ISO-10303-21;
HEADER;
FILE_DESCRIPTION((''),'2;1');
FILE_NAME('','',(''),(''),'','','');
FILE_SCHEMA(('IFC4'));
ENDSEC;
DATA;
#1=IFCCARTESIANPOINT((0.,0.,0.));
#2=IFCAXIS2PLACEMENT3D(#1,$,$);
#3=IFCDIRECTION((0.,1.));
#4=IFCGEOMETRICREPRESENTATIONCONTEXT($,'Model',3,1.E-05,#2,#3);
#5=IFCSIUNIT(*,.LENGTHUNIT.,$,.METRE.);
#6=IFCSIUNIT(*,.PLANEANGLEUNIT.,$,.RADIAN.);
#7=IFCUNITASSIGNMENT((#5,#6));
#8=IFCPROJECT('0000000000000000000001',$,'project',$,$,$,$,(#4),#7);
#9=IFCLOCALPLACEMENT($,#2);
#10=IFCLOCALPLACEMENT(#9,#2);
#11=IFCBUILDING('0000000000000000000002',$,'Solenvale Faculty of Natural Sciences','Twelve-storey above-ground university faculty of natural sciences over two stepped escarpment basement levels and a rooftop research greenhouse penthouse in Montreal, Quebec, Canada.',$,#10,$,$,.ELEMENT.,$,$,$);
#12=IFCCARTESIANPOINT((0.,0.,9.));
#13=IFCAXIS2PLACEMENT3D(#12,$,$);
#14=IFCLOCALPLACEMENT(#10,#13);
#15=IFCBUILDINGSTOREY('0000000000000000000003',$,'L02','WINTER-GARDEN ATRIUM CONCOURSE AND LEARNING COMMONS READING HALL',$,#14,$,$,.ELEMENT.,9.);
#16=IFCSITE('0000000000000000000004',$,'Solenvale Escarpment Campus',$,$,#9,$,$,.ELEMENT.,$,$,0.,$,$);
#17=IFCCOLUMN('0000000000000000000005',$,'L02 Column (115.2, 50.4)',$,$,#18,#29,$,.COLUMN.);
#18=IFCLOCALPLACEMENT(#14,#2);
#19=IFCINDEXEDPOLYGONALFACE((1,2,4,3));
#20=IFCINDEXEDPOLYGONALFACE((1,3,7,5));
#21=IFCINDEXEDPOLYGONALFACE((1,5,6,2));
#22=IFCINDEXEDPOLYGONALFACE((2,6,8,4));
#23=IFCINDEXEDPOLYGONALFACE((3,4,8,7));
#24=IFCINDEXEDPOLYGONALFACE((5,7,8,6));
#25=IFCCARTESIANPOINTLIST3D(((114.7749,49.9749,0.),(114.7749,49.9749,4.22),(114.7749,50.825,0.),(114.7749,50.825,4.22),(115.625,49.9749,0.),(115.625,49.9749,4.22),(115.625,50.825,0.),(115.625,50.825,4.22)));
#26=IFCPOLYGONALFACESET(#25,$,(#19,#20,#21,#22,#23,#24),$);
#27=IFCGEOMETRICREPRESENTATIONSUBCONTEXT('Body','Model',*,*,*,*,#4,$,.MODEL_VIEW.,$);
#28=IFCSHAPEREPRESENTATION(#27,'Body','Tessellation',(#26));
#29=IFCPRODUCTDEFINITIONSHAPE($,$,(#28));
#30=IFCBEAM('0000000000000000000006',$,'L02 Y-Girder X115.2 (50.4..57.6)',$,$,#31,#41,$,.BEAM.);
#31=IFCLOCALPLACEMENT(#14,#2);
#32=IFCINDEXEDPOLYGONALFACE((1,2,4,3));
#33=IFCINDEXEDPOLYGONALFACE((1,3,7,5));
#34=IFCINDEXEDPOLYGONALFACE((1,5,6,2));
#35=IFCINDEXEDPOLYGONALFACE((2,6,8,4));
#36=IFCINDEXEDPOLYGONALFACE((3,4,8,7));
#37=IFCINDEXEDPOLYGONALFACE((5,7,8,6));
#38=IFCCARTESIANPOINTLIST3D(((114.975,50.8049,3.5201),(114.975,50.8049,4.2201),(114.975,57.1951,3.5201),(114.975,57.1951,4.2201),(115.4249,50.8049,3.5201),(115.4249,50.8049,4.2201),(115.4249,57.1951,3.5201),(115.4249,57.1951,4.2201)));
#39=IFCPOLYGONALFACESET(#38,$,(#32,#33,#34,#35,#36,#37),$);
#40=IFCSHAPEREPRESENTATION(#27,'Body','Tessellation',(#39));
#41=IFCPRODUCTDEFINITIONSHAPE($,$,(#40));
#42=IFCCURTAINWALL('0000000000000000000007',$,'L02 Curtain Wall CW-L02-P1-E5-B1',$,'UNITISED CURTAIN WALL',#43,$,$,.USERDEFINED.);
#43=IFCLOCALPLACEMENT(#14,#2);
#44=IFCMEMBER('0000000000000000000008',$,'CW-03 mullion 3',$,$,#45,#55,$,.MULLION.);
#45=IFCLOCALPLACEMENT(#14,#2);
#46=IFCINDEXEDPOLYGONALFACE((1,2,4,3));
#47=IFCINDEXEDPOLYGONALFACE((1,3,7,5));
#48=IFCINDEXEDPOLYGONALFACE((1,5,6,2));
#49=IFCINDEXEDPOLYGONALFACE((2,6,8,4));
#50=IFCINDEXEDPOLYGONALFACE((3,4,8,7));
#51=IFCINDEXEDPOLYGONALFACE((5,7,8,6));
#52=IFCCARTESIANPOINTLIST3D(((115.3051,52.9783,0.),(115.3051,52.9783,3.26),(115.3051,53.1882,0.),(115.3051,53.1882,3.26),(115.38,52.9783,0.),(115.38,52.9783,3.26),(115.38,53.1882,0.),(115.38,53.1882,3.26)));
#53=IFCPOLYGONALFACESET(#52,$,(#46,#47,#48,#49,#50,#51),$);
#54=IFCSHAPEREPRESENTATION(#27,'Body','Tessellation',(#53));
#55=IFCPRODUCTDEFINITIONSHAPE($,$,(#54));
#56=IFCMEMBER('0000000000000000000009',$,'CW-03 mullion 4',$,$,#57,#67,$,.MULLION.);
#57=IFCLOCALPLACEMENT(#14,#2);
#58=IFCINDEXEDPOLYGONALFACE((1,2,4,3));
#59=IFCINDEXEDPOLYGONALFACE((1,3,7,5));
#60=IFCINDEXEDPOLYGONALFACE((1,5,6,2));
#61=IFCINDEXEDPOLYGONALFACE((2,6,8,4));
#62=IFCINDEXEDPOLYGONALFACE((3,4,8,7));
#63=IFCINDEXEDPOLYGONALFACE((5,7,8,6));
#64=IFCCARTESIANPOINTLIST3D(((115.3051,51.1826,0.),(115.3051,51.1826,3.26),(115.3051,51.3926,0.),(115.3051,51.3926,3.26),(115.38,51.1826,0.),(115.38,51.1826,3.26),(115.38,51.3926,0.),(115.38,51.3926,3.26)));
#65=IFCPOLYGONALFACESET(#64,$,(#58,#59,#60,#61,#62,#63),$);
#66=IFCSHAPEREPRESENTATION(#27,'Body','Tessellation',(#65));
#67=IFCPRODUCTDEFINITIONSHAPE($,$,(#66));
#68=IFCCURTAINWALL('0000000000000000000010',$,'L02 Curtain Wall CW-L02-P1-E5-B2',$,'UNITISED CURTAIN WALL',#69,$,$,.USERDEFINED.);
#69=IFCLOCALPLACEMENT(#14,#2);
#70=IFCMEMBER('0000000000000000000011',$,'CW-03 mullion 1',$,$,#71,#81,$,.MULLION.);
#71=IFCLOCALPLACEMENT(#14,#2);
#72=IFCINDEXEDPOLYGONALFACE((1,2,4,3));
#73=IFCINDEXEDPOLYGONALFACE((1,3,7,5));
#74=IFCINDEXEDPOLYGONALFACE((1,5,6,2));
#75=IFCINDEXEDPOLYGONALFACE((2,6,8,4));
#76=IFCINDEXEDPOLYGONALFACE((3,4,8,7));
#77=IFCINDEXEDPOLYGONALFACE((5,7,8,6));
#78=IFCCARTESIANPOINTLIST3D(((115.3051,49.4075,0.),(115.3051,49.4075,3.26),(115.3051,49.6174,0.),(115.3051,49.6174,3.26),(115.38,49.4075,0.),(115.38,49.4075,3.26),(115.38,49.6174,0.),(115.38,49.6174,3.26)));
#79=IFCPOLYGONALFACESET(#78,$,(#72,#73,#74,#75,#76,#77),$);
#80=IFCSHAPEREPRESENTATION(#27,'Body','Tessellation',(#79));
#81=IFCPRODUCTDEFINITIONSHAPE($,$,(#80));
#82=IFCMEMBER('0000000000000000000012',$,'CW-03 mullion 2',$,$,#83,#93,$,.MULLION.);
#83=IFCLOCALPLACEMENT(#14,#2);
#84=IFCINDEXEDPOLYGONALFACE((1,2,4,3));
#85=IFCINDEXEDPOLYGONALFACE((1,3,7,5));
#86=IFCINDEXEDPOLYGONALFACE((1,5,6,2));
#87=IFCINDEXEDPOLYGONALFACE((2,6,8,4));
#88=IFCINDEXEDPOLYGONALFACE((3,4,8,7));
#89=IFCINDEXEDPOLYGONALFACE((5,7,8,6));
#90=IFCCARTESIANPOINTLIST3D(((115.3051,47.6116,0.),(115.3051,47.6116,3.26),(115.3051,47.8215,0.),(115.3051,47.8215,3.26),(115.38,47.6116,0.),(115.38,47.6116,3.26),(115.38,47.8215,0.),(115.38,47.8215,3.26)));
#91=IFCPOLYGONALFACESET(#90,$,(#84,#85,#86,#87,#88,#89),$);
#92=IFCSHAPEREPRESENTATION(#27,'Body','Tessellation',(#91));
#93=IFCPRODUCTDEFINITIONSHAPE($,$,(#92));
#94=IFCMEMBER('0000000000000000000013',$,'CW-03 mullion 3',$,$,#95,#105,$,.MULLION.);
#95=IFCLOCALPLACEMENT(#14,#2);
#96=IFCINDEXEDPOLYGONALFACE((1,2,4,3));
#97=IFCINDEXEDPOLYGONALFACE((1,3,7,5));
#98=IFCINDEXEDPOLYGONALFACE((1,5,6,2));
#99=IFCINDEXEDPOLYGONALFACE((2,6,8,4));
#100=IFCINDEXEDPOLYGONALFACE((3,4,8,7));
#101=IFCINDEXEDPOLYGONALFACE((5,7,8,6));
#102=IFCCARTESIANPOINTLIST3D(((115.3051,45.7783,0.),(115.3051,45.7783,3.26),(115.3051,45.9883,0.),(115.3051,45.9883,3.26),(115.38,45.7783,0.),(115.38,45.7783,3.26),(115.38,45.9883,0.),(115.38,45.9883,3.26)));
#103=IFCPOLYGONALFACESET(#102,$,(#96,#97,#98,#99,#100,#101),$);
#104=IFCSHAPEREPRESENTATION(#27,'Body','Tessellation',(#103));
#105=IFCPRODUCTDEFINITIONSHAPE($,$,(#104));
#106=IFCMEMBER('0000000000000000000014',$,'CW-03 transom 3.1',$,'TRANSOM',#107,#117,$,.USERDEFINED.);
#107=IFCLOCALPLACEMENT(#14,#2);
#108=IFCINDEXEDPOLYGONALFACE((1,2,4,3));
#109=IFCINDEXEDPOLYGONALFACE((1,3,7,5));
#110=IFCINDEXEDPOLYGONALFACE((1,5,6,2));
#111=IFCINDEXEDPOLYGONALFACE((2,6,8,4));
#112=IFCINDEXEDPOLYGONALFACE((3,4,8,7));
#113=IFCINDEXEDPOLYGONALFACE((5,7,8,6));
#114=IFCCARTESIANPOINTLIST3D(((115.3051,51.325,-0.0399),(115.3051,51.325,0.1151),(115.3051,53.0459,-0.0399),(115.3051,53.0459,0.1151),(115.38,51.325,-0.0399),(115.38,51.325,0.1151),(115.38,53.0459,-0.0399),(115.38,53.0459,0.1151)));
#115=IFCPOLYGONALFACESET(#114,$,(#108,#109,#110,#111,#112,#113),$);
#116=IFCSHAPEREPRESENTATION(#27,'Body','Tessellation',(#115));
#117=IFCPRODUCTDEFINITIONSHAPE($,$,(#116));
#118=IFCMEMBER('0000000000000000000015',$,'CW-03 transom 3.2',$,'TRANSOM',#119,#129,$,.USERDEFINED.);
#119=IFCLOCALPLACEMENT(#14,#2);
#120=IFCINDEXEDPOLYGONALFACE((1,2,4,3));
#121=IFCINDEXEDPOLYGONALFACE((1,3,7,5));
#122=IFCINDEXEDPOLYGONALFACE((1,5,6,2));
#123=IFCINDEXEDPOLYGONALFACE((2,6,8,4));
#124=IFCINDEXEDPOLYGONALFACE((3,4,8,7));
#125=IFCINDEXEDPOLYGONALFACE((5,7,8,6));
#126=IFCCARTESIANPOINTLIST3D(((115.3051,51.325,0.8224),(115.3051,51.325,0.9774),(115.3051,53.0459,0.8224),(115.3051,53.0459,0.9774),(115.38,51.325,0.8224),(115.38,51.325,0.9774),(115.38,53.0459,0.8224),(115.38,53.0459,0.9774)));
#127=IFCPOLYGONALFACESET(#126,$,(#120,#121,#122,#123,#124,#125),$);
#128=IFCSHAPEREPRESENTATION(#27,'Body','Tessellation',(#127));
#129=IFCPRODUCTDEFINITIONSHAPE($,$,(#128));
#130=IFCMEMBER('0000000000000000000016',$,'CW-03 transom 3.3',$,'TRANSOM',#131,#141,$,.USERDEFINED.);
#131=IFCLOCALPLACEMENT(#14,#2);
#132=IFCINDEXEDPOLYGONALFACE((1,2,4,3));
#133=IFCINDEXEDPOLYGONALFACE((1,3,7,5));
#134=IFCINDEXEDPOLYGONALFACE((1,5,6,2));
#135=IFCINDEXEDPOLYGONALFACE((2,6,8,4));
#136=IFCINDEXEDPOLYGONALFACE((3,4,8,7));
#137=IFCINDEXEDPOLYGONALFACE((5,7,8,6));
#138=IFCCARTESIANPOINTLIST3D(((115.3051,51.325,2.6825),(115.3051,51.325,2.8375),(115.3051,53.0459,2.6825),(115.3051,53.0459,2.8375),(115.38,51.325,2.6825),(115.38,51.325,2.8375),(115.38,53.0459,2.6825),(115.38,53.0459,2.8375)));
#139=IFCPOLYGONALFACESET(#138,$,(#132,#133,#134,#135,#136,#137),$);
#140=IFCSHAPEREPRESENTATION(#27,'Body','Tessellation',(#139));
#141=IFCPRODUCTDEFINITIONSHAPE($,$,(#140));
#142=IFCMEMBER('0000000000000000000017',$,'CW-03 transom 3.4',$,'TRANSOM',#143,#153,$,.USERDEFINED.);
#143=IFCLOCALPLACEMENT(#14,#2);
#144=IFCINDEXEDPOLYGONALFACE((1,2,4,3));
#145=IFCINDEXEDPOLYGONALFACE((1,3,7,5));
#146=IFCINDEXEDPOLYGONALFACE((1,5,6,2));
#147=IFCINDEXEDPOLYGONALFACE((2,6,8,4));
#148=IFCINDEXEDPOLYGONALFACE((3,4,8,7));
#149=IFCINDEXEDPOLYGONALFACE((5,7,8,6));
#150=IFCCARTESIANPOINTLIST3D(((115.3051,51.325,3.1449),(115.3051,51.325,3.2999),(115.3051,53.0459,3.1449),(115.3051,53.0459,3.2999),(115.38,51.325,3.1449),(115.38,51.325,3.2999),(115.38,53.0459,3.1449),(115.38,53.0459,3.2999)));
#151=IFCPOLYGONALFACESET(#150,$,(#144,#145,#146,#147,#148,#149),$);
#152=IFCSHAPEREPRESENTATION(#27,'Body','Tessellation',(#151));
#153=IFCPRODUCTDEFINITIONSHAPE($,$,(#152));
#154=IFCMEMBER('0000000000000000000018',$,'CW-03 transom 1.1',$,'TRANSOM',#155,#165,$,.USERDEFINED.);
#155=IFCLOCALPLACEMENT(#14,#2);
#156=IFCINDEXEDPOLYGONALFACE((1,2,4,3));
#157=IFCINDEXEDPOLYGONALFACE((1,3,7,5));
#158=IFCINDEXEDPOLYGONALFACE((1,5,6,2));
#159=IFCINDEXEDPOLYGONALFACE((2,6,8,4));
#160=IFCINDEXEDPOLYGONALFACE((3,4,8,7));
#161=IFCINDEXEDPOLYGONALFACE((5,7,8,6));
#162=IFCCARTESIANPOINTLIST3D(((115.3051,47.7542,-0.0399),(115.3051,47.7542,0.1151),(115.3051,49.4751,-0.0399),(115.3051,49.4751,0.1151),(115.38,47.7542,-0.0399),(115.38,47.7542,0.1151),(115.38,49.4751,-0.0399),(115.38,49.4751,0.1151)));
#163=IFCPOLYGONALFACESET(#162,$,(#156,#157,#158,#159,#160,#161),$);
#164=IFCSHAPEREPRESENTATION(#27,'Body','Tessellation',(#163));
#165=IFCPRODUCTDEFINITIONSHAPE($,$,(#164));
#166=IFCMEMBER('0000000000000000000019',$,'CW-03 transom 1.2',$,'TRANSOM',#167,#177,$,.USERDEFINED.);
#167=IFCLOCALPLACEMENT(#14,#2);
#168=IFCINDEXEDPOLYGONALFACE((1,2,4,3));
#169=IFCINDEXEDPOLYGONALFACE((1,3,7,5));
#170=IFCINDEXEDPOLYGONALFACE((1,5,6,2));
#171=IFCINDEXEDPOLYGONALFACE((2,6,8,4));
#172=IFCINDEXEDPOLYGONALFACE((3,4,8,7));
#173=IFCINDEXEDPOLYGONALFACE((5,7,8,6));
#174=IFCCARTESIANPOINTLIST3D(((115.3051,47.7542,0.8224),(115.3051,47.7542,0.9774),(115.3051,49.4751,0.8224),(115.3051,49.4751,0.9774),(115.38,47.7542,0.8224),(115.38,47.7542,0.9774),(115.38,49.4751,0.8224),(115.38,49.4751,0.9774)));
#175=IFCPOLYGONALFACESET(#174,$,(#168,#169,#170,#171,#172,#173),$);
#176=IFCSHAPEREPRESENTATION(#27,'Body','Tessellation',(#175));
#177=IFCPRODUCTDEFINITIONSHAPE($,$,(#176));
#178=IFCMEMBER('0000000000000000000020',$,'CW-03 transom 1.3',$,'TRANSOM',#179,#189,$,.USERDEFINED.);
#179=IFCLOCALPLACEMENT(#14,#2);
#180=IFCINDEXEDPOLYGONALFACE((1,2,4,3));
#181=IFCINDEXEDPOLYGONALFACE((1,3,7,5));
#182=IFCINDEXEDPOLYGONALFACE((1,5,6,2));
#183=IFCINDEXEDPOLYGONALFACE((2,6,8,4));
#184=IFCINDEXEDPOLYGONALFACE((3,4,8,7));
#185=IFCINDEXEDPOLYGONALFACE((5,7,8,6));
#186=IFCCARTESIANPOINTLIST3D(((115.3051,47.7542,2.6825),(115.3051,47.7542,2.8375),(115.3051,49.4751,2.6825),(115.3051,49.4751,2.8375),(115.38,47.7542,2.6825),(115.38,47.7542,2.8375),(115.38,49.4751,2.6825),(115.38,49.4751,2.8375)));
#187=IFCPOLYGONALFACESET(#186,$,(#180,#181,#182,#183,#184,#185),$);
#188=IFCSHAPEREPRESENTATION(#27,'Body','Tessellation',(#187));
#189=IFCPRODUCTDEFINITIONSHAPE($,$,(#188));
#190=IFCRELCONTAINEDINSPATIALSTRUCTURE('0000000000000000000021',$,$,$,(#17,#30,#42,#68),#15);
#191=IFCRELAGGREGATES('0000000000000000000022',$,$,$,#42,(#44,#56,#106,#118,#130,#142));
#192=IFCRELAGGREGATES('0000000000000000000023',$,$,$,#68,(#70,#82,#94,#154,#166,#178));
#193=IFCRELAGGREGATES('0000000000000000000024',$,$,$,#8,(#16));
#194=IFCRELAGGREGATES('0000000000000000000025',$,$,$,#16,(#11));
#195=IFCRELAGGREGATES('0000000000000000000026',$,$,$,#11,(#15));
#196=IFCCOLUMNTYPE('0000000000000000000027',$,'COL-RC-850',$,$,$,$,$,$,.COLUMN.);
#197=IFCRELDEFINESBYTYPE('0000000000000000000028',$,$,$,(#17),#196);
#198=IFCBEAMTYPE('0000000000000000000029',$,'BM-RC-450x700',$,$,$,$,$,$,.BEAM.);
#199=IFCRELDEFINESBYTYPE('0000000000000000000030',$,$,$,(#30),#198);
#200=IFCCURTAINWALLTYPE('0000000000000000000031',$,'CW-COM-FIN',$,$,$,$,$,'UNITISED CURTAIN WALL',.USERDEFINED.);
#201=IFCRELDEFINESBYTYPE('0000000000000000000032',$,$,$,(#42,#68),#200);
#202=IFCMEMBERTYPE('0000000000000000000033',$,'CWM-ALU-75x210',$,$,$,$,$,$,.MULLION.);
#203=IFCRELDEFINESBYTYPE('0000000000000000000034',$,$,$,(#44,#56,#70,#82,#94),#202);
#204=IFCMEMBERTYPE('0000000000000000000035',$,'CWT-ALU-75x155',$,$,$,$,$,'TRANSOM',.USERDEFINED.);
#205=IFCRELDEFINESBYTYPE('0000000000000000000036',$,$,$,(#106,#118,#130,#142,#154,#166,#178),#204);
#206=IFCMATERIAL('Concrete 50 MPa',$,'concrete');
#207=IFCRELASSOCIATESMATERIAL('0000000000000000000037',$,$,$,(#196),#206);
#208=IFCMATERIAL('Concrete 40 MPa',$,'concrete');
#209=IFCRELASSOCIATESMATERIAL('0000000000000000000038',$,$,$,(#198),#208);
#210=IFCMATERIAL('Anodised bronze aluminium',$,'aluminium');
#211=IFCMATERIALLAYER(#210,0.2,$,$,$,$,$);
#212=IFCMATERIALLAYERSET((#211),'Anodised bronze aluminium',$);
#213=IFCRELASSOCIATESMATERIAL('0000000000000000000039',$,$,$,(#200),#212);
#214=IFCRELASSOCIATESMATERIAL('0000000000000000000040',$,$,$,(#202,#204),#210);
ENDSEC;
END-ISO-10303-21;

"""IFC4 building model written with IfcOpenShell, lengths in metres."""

from ifc_helpers import new_model, si_unit, direction, frame, origin, origin_2d, place, context, subcontext, project, spatial, rectangle, extrude, material, layer, layer_set, material_profile, profile_set, type_object, element, aggregate, save


model = new_model("IFC4")

# Units and contexts
model_context = context("Model", 3, precision=1e-05, world=origin(), true_north=direction((0.0, 1.0)))
body_context = subcontext(model_context, "Body", "Model", "MODEL_VIEW")
ifc_project = project(units=[si_unit("LENGTHUNIT", "METRE"), si_unit("PLANEANGLEUNIT", "RADIAN")], contexts=[model_context])

# Site, building, storey
site_placement = place(None, origin())
site = spatial("IfcSite", under=ifc_project, at=site_placement, Name="Solenvale Escarpment Campus", CompositionType="ELEMENT", RefElevation=0.0)
building_placement = place(site_placement, origin())
building = spatial("IfcBuilding", under=site, at=building_placement, Name="Solenvale Faculty of Natural Sciences", Description="Twelve-storey above-ground university faculty of natural sciences over two stepped escarpment basement levels and a rooftop research greenhouse penthouse in Montreal, Quebec, Canada.", CompositionType="ELEMENT")
storey_placement = place(building_placement, frame((0.0, 0.0, 9.0)))
storey = spatial("IfcBuildingStorey", under=building, at=storey_placement, Name="L02", Description="WINTER-GARDEN ATRIUM CONCOURSE AND LEARNING COMMONS READING HALL", CompositionType="ELEMENT", Elevation=9.0)

# Column
ifc_material_1 = material(Name="Concrete 50 MPa", Category="concrete")
ifc_material_profile_1 = material_profile(ifc_material_1, rectangle(XDim=0.8501, YDim=0.8501, at=origin_2d()), Name="RC-COL-850x850")
ifc_profile_set_1 = profile_set([ifc_material_profile_1], Name="Concrete 50 MPa")
column_type = type_object("IfcColumnType", Name="COL-RC-850", PredefinedType="COLUMN", material=ifc_profile_set_1)
column_placement = place(storey_placement, frame((115.2, 50.3999, 0.0), z_axis=(0.0, 0.0, 1.0), x_axis=(1.0, 0.0, 0.0)))
element("IfcColumn", 1, at=column_placement, inside=storey, type_object=column_type, Name="L02 Column (115.2, 50.4)", PredefinedType="COLUMN", context=body_context, shape_type="SweptSolid", body=[
    extrude(rectangle(XDim=0.8501, YDim=0.8501, at=origin_2d()), origin(), (0.0, 0.0, 1.0), 4.22),
])

# Beam
ifc_material_2 = material(Name="Concrete 40 MPa", Category="concrete")
ifc_material_profile_2 = material_profile(ifc_material_2, rectangle(XDim=0.45, YDim=0.7, at=origin_2d()), Name="RC-BM-450x700")
ifc_profile_set_2 = profile_set([ifc_material_profile_2], Name="Concrete 40 MPa")
beam_type = type_object("IfcBeamType", Name="BM-RC-450x700", PredefinedType="BEAM", material=ifc_profile_set_2)
beam_placement = place(storey_placement, frame((115.2, 50.8049, 3.8701), z_axis=(0.0, 1.0, 0.0), x_axis=(-1.0, 0.0, 0.0)))
element("IfcBeam", 2, at=beam_placement, inside=storey, type_object=beam_type, Name="L02 Y-Girder X115.2 (50.4..57.6)", PredefinedType="BEAM", context=body_context, shape_type="SweptSolid", body=[
    extrude(rectangle(XDim=0.45, YDim=0.7, at=origin_2d()), origin(), (0.0, 0.0, 1.0), 6.3901),
])

# Curtain walls, members
ifc_material_3 = material(Name="Anodised bronze aluminium", Category="aluminium")
ifc_layer_1 = layer(ifc_material_3, 0.2)
ifc_layer_set_1 = layer_set([ifc_layer_1], Name="Anodised bronze aluminium")
curtain_wall_type = type_object("IfcCurtainWallType", Name="CW-COM-FIN", ElementType="UNITISED CURTAIN WALL", PredefinedType="USERDEFINED", material=ifc_layer_set_1)
curtain_wall_1_placement = place(storey_placement, origin())
curtain_wall_1 = element("IfcCurtainWall", 3, at=curtain_wall_1_placement, inside=storey, type_object=curtain_wall_type, Name="L02 Curtain Wall CW-L02-P1-E5-B1", ObjectType="UNITISED CURTAIN WALL", PredefinedType="USERDEFINED")
ifc_material_profile_3 = material_profile(ifc_material_3, rectangle(XDim=0.075, YDim=0.21, at=origin_2d()), Name="ALU-MUL-75x210")
ifc_profile_set_3 = profile_set([ifc_material_profile_3], Name="Anodised bronze aluminium")
member_type_1 = type_object("IfcMemberType", Name="CWM-ALU-75x210", PredefinedType="MULLION", material=ifc_profile_set_3)
member_1_placement = place(storey_placement, frame((115.3425, 53.0833, 0.0), z_axis=(0.0, 0.0, 1.0), x_axis=(1.0, 0.0, 0.0)))
member_1 = element("IfcMember", 4, at=member_1_placement, type_object=member_type_1, Name="CW-03 mullion 3", PredefinedType="MULLION", context=body_context, shape_type="SweptSolid", body=[
    extrude(rectangle(XDim=0.075, YDim=0.21, at=origin_2d()), origin(), (0.0, 0.0, 1.0), 3.26),
])
member_2_placement = place(storey_placement, frame((115.3425, 51.2876, 0.0), z_axis=(0.0, 0.0, 1.0), x_axis=(1.0, 0.0, 0.0)))
member_2 = element("IfcMember", 5, at=member_2_placement, type_object=member_type_1, Name="CW-03 mullion 4", PredefinedType="MULLION", context=body_context, shape_type="SweptSolid", body=[
    extrude(rectangle(XDim=0.075, YDim=0.21, at=origin_2d()), origin(), (0.0, 0.0, 1.0), 3.26),
])
curtain_wall_2_placement = place(storey_placement, origin())
curtain_wall_2 = element("IfcCurtainWall", 6, at=curtain_wall_2_placement, inside=storey, type_object=curtain_wall_type, Name="L02 Curtain Wall CW-L02-P1-E5-B2", ObjectType="UNITISED CURTAIN WALL", PredefinedType="USERDEFINED")
member_3_placement = place(storey_placement, frame((115.3425, 49.5125, 0.0), z_axis=(0.0, 0.0, 1.0), x_axis=(1.0, 0.0, 0.0)))
member_3 = element("IfcMember", 7, at=member_3_placement, type_object=member_type_1, Name="CW-03 mullion 1", PredefinedType="MULLION", context=body_context, shape_type="SweptSolid", body=[
    extrude(rectangle(XDim=0.075, YDim=0.21, at=origin_2d()), origin(), (0.0, 0.0, 1.0), 3.26),
])
member_4_placement = place(storey_placement, frame((115.3425, 47.7166, 0.0), z_axis=(0.0, 0.0, 1.0), x_axis=(1.0, 0.0, 0.0)))
member_4 = element("IfcMember", 8, at=member_4_placement, type_object=member_type_1, Name="CW-03 mullion 2", PredefinedType="MULLION", context=body_context, shape_type="SweptSolid", body=[
    extrude(rectangle(XDim=0.075, YDim=0.21, at=origin_2d()), origin(), (0.0, 0.0, 1.0), 3.26),
])
member_5_placement = place(storey_placement, frame((115.3425, 45.8833, 0.0), z_axis=(0.0, 0.0, 1.0), x_axis=(1.0, 0.0, 0.0)))
member_5 = element("IfcMember", 9, at=member_5_placement, type_object=member_type_1, Name="CW-03 mullion 3", PredefinedType="MULLION", context=body_context, shape_type="SweptSolid", body=[
    extrude(rectangle(XDim=0.075, YDim=0.21, at=origin_2d()), origin(), (0.0, 0.0, 1.0), 3.26),
])

# Members
ifc_material_profile_4 = material_profile(ifc_material_3, rectangle(XDim=0.075, YDim=0.155, at=origin_2d()), Name="ALU-TRN-75x155")
ifc_profile_set_4 = profile_set([ifc_material_profile_4], Name="Anodised bronze aluminium")
member_type_2 = type_object("IfcMemberType", Name="CWT-ALU-75x155", ElementType="TRANSOM", PredefinedType="USERDEFINED", material=ifc_profile_set_4)
member_6_placement = place(storey_placement, frame((115.3425, 53.0459, 0.0376), z_axis=(0.0, -1.0, 0.0), x_axis=(1.0, 0.0, 0.0)))
member_6 = element("IfcMember", 10, at=member_6_placement, type_object=member_type_2, Name="CW-03 transom 3.1", ObjectType="TRANSOM", PredefinedType="USERDEFINED", context=body_context, shape_type="SweptSolid", body=[
    extrude(rectangle(XDim=0.075, YDim=0.155, at=origin_2d()), origin(), (0.0, 0.0, 1.0), 1.7209),
])
member_7_placement = place(storey_placement, frame((115.3425, 53.0459, 0.8999), z_axis=(0.0, -1.0, 0.0), x_axis=(1.0, 0.0, 0.0)))
member_7 = element("IfcMember", 11, at=member_7_placement, type_object=member_type_2, Name="CW-03 transom 3.2", ObjectType="TRANSOM", PredefinedType="USERDEFINED", context=body_context, shape_type="SweptSolid", body=[
    extrude(rectangle(XDim=0.075, YDim=0.155, at=origin_2d()), origin(), (0.0, 0.0, 1.0), 1.7209),
])
member_8_placement = place(storey_placement, frame((115.3425, 53.0459, 2.76), z_axis=(0.0, -1.0, 0.0), x_axis=(1.0, 0.0, 0.0)))
member_8 = element("IfcMember", 12, at=member_8_placement, type_object=member_type_2, Name="CW-03 transom 3.3", ObjectType="TRANSOM", PredefinedType="USERDEFINED", context=body_context, shape_type="SweptSolid", body=[
    extrude(rectangle(XDim=0.075, YDim=0.155, at=origin_2d()), origin(), (0.0, 0.0, 1.0), 1.7209),
])
member_9_placement = place(storey_placement, frame((115.3425, 53.0459, 3.2224), z_axis=(0.0, -1.0, 0.0), x_axis=(1.0, 0.0, 0.0)))
member_9 = element("IfcMember", 13, at=member_9_placement, type_object=member_type_2, Name="CW-03 transom 3.4", ObjectType="TRANSOM", PredefinedType="USERDEFINED", context=body_context, shape_type="SweptSolid", body=[
    extrude(rectangle(XDim=0.075, YDim=0.155, at=origin_2d()), origin(), (0.0, 0.0, 1.0), 1.7209),
])
member_10_placement = place(storey_placement, frame((115.3425, 49.4751, 0.0376), z_axis=(0.0, -1.0, 0.0), x_axis=(1.0, 0.0, 0.0)))
member_10 = element("IfcMember", 14, at=member_10_placement, type_object=member_type_2, Name="CW-03 transom 1.1", ObjectType="TRANSOM", PredefinedType="USERDEFINED", context=body_context, shape_type="SweptSolid", body=[
    extrude(rectangle(XDim=0.075, YDim=0.155, at=origin_2d()), origin(), (0.0, 0.0, 1.0), 1.7209),
])
member_11_placement = place(storey_placement, frame((115.3425, 49.4751, 0.8999), z_axis=(0.0, -1.0, 0.0), x_axis=(1.0, 0.0, 0.0)))
member_11 = element("IfcMember", 15, at=member_11_placement, type_object=member_type_2, Name="CW-03 transom 1.2", ObjectType="TRANSOM", PredefinedType="USERDEFINED", context=body_context, shape_type="SweptSolid", body=[
    extrude(rectangle(XDim=0.075, YDim=0.155, at=origin_2d()), origin(), (0.0, 0.0, 1.0), 1.7209),
])
member_12_placement = place(storey_placement, frame((115.3425, 49.4751, 2.76), z_axis=(0.0, -1.0, 0.0), x_axis=(1.0, 0.0, 0.0)))
member_12 = element("IfcMember", 16, at=member_12_placement, type_object=member_type_2, Name="CW-03 transom 1.3", ObjectType="TRANSOM", PredefinedType="USERDEFINED", context=body_context, shape_type="SweptSolid", body=[
    extrude(rectangle(XDim=0.075, YDim=0.155, at=origin_2d()), origin(), (0.0, 0.0, 1.0), 1.7209),
])

aggregate(curtain_wall_1, [member_1, member_2, member_6, member_7, member_8, member_9])
aggregate(curtain_wall_2, [member_3, member_4, member_5, member_10, member_11, member_12])

save(model, "model.ifc")
